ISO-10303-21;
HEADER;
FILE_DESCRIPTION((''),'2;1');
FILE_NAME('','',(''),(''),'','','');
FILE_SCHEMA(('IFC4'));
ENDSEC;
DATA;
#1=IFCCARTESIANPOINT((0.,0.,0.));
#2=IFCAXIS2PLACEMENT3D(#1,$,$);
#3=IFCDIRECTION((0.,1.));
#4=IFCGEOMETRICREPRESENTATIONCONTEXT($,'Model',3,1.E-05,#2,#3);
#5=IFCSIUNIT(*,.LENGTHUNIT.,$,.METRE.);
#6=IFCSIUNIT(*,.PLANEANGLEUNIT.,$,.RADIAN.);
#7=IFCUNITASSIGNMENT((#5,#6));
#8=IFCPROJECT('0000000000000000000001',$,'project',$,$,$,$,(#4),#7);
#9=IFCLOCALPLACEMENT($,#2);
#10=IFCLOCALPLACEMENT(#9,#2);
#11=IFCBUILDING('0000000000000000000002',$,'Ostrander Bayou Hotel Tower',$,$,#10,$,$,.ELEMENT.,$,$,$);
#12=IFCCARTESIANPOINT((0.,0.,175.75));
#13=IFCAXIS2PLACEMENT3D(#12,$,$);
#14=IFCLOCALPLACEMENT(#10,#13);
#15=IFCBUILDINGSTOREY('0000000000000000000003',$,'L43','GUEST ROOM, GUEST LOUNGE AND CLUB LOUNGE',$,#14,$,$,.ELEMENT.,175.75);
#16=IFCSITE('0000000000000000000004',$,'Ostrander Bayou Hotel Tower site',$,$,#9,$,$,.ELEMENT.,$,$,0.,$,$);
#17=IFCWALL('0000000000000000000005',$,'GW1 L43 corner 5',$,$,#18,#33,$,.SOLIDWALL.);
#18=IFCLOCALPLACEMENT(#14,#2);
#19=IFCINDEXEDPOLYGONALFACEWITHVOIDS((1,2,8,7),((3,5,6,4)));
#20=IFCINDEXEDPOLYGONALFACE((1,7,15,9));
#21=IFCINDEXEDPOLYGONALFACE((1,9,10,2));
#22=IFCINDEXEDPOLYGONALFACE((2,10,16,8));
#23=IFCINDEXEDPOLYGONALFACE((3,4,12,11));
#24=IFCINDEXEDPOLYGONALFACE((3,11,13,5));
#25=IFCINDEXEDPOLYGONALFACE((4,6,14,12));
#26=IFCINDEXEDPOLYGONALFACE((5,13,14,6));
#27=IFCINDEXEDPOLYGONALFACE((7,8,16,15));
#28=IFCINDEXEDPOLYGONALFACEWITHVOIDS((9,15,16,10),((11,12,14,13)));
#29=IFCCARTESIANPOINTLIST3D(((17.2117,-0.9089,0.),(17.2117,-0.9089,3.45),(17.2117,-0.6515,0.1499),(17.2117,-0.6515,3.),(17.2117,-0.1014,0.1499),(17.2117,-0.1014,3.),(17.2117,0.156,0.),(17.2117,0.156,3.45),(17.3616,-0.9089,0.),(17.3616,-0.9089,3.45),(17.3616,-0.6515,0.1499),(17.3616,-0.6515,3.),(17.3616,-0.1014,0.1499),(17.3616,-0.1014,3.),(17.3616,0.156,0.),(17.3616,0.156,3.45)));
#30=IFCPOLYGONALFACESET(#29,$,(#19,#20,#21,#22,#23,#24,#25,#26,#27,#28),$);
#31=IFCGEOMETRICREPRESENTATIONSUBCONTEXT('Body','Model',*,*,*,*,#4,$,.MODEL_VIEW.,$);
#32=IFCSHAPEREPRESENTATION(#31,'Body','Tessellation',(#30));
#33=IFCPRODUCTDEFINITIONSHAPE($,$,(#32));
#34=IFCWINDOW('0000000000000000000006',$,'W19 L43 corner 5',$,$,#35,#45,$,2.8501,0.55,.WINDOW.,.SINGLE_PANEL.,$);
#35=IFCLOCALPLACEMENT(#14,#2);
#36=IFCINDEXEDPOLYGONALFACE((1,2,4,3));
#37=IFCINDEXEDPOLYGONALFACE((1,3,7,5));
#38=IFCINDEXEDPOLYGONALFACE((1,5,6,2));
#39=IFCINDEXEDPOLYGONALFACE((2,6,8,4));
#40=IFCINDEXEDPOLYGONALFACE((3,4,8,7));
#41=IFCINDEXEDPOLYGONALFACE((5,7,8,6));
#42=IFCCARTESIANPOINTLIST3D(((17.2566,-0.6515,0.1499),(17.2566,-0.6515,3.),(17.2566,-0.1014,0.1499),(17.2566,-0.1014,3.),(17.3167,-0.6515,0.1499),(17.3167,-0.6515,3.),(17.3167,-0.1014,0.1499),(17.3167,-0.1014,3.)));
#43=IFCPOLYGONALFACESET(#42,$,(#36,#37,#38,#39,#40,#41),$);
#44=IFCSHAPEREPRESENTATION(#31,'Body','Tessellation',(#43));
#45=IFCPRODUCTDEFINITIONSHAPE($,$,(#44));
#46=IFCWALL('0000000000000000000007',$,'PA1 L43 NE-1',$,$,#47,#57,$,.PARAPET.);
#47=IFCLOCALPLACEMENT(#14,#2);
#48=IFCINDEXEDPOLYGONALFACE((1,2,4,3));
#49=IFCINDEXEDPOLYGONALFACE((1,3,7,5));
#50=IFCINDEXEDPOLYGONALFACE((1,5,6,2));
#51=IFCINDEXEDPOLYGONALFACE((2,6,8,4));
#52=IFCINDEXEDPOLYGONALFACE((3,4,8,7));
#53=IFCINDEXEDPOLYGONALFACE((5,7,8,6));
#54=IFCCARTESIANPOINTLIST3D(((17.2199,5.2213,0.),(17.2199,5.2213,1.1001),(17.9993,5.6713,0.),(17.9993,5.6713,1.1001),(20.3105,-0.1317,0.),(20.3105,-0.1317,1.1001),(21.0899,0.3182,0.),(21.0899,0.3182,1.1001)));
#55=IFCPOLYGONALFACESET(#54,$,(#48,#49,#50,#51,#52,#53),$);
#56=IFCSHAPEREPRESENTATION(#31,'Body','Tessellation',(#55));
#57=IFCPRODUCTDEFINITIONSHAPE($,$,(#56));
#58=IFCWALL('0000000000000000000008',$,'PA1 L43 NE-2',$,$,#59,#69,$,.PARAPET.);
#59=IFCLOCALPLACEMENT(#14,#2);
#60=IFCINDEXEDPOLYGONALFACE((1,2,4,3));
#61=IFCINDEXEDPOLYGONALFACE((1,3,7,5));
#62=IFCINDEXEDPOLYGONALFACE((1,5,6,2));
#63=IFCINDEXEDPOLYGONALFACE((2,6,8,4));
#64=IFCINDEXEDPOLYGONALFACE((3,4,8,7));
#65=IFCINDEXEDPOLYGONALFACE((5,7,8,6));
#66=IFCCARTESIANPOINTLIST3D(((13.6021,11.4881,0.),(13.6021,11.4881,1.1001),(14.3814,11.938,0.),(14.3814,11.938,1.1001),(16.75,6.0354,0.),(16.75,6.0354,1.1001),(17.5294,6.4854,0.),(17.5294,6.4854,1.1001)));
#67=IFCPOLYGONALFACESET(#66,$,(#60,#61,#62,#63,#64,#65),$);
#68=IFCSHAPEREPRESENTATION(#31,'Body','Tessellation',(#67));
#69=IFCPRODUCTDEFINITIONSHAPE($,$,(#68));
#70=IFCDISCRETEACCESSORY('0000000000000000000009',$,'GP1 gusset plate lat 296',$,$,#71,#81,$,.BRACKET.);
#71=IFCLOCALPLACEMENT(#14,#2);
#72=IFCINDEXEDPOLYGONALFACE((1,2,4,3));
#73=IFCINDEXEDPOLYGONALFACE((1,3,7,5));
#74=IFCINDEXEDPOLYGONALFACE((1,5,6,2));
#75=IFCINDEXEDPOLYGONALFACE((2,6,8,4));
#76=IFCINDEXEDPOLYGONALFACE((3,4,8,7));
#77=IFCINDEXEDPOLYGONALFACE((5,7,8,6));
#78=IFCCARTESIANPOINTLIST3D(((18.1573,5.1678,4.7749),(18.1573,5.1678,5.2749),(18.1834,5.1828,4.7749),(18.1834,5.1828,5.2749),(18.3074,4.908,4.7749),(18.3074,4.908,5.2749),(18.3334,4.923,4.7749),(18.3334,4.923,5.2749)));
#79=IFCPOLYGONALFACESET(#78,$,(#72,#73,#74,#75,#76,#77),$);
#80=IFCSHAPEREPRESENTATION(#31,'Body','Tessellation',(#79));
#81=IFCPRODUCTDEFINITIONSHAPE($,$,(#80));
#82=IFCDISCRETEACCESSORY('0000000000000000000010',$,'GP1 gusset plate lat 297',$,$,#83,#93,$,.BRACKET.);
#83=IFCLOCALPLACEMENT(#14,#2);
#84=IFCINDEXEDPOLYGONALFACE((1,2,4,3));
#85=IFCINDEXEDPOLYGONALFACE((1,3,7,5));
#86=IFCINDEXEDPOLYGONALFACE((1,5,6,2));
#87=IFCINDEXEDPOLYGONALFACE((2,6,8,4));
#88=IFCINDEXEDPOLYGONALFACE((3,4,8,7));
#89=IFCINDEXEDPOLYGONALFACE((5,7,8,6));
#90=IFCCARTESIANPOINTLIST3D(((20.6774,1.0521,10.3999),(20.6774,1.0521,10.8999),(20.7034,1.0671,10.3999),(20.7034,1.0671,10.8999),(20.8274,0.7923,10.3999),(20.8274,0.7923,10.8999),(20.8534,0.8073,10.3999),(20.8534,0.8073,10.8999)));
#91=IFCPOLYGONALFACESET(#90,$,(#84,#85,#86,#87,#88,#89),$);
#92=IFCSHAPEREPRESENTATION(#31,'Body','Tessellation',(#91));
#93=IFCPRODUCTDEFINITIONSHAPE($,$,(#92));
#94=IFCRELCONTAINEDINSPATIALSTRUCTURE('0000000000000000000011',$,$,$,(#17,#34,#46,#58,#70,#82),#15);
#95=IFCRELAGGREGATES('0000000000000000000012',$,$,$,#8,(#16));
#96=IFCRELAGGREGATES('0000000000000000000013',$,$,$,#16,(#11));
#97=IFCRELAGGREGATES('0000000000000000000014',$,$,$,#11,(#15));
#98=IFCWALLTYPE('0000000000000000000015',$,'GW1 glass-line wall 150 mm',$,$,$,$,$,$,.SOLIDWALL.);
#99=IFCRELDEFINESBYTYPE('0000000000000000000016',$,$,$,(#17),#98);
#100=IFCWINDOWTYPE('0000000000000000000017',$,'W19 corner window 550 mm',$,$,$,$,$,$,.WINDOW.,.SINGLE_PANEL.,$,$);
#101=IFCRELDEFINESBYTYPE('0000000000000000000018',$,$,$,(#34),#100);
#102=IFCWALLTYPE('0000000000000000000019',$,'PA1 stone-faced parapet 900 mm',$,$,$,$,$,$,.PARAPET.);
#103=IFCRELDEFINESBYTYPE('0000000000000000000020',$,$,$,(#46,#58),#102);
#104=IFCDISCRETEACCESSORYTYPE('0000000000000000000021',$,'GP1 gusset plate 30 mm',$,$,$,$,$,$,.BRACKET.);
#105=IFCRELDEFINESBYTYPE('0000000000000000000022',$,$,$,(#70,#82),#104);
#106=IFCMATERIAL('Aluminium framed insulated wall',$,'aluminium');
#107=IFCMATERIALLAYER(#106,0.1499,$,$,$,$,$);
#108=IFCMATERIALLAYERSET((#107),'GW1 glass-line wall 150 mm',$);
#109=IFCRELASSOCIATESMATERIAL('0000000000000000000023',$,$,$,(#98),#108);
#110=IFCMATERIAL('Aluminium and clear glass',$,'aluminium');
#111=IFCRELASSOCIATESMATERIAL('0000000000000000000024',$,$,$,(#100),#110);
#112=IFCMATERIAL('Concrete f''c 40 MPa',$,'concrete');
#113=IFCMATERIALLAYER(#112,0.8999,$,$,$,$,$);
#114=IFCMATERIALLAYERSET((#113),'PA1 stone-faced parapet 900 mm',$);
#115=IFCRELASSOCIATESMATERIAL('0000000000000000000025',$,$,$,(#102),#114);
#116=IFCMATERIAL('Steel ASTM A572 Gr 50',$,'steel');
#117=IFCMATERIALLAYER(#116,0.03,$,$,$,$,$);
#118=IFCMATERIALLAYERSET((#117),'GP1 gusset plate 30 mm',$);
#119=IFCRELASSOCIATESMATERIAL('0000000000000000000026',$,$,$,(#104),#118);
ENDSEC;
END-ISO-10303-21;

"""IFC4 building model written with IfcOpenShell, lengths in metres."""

from ifc_helpers import new_model, si_unit, direction, frame, frame_2d, origin, origin_2d, place, context, subcontext, project, spatial, rectangle, extrude, material, layer, layer_set, type_object, element, fill, save


model = new_model("IFC4")

# Units and contexts
model_context = context("Model", 3, precision=1e-05, world=origin(), true_north=direction((0.0, 1.0)))
body_context = subcontext(model_context, "Body", "Model", "MODEL_VIEW")
ifc_project = project(units=[si_unit("LENGTHUNIT", "METRE"), si_unit("PLANEANGLEUNIT", "RADIAN")], contexts=[model_context])

# Site, building, storey
site_placement = place(None, origin())
site = spatial("IfcSite", under=ifc_project, at=site_placement, Name="Ostrander Bayou Hotel Tower site", CompositionType="ELEMENT", RefElevation=0.0)
building_placement = place(site_placement, origin())
building = spatial("IfcBuilding", under=site, at=building_placement, Name="Ostrander Bayou Hotel Tower", CompositionType="ELEMENT")
storey_placement = place(building_placement, frame((0.0, 0.0, 175.75)))
storey = spatial("IfcBuildingStorey", under=building, at=storey_placement, Name="L43", Description="GUEST ROOM, GUEST LOUNGE AND CLUB LOUNGE", CompositionType="ELEMENT", Elevation=175.75)

# Shared definitions
ifc_material_1 = material(Name="Aluminium framed insulated wall", Category="aluminium")
ifc_layer_1 = layer(ifc_material_1, 0.1499)
ifc_layer_set_1 = layer_set([ifc_layer_1], Name="GW1 glass-line wall 150 mm")
wall_type_1 = type_object("IfcWallType", Name="GW1 glass-line wall 150 mm", PredefinedType="SOLIDWALL", material=ifc_layer_set_1)

# Wall, opening, window
wall_1_placement = place(storey_placement, frame((17.2866, -0.9089, 0.0), z_axis=(0.0, 0.0, 1.0), x_axis=(0.0, 1.0, 0.0)))
wall_1 = element("IfcWall", 1, at=wall_1_placement, inside=storey, type_object=wall_type_1, Name="GW1 L43 corner 5", PredefinedType="SOLIDWALL", context=body_context, shape_type="SweptSolid", body=[
    extrude(rectangle(XDim=1.0649, YDim=0.1499, at=frame_2d((0.5325, 0.0))), origin(), (0.0, 0.0, 1.0), 3.45),
])
opening_1_placement = place(wall_1_placement, frame((0.2576, 0.0, 0.1499)))
opening_1 = element("IfcOpeningElement", 2, at=opening_1_placement, cuts=wall_1, PredefinedType="OPENING", context=body_context, shape_type="SweptSolid", body=[
    extrude(rectangle(XDim=0.55, YDim=2.8501, at=frame_2d((0.2749, 1.425))), frame((0.0, 0.075, 0.0), z_axis=(0.0, -1.0, 0.0), x_axis=(1.0, 0.0, 0.0)), (0.0, 0.0, 1.0), 0.1499),
])
ifc_material_2 = material(Name="Aluminium and clear glass", Category="aluminium")
window_type_1 = type_object("IfcWindowType", Name="W19 corner window 550 mm", PartitioningType="SINGLE_PANEL", PredefinedType="WINDOW", material=ifc_material_2)
window_1_placement = place(opening_1_placement, origin())
window_1 = element("IfcWindow", 3, at=window_1_placement, inside=storey, type_object=window_type_1, Name="W19 L43 corner 5", OverallHeight=2.8501, OverallWidth=0.55, PartitioningType="SINGLE_PANEL", PredefinedType="WINDOW", context=body_context, shape_type="SweptSolid", body=[
    extrude(rectangle(XDim=0.55, YDim=2.8501, at=frame_2d((0.2749, 1.425))), frame((0.0, 0.03, 0.0), z_axis=(0.0, -1.0, 0.0), x_axis=(1.0, 0.0, 0.0)), (0.0, 0.0, 1.0), 0.0601),
])
fill(opening_1, window_1)

# Walls
ifc_material_3 = material(Name="Concrete f'c 40 MPa", Category="concrete")
ifc_layer_2 = layer(ifc_material_3, 0.8999)
ifc_layer_set_2 = layer_set([ifc_layer_2], Name="PA1 stone-faced parapet 900 mm")
wall_type_2 = type_object("IfcWallType", Name="PA1 stone-faced parapet 900 mm", PredefinedType="PARAPET", material=ifc_layer_set_2)
wall_2_placement = place(storey_placement, frame((20.7002, 0.0933, 0.0), z_axis=(0.0, 0.0, 1.0), x_axis=(-0.500001, 0.866025, 0.0)))
element("IfcWall", 4, at=wall_2_placement, inside=storey, type_object=wall_type_2, Name="PA1 L43 NE-1", PredefinedType="PARAPET", context=body_context, shape_type="SweptSolid", body=[
    extrude(rectangle(XDim=6.1812, YDim=0.8999, at=frame_2d((3.0906, 0.0))), origin(), (0.0, 0.0, 1.0), 1.1001),
])
wall_3_placement = place(storey_placement, frame((17.1396, 6.2605, 0.0), z_axis=(0.0, 0.0, 1.0), x_axis=(-0.499984, 0.866034, 0.0)))
element("IfcWall", 5, at=wall_3_placement, inside=storey, type_object=wall_type_2, Name="PA1 L43 NE-2", PredefinedType="PARAPET", context=body_context, shape_type="SweptSolid", body=[
    extrude(rectangle(XDim=6.2961, YDim=0.8999, at=frame_2d((3.1479, 0.0))), origin(), (0.0, 0.0, 1.0), 1.1001),
])

# Discrete accessories
ifc_material_4 = material(Name="Steel ASTM A572 Gr 50", Category="steel")
ifc_layer_3 = layer(ifc_material_4, 0.03)
ifc_layer_set_3 = layer_set([ifc_layer_3], Name="GP1 gusset plate 30 mm")
discrete_accessory_type = type_object("IfcDiscreteAccessoryType", Name="GP1 gusset plate 30 mm", PredefinedType="BRACKET", material=ifc_layer_set_3)
for number, where, z_axis, x_axis, name in (
    (6, (18.2454, 5.0454, 4.7749), (0.0, 0.0, 1.0), (-0.5, 0.866025, 0.0), "GP1 gusset plate lat 296"),
    (7, (20.7654, 0.9297, 10.3999), (0.0, 0.0, 1.0), (-0.5, 0.866025, 0.0), "GP1 gusset plate lat 297"),
):
    element("IfcDiscreteAccessory", number, at=place(storey_placement, frame(where, z_axis=z_axis, x_axis=x_axis)), inside=storey, type_object=discrete_accessory_type, Name=name, PredefinedType="BRACKET", context=body_context, shape_type="SweptSolid", body=[
        extrude(rectangle(XDim=0.3, YDim=0.03, at=origin_2d()), origin(), (0.0, 0.0, 1.0), 0.5),
    ])

save(model, "model.ifc")
